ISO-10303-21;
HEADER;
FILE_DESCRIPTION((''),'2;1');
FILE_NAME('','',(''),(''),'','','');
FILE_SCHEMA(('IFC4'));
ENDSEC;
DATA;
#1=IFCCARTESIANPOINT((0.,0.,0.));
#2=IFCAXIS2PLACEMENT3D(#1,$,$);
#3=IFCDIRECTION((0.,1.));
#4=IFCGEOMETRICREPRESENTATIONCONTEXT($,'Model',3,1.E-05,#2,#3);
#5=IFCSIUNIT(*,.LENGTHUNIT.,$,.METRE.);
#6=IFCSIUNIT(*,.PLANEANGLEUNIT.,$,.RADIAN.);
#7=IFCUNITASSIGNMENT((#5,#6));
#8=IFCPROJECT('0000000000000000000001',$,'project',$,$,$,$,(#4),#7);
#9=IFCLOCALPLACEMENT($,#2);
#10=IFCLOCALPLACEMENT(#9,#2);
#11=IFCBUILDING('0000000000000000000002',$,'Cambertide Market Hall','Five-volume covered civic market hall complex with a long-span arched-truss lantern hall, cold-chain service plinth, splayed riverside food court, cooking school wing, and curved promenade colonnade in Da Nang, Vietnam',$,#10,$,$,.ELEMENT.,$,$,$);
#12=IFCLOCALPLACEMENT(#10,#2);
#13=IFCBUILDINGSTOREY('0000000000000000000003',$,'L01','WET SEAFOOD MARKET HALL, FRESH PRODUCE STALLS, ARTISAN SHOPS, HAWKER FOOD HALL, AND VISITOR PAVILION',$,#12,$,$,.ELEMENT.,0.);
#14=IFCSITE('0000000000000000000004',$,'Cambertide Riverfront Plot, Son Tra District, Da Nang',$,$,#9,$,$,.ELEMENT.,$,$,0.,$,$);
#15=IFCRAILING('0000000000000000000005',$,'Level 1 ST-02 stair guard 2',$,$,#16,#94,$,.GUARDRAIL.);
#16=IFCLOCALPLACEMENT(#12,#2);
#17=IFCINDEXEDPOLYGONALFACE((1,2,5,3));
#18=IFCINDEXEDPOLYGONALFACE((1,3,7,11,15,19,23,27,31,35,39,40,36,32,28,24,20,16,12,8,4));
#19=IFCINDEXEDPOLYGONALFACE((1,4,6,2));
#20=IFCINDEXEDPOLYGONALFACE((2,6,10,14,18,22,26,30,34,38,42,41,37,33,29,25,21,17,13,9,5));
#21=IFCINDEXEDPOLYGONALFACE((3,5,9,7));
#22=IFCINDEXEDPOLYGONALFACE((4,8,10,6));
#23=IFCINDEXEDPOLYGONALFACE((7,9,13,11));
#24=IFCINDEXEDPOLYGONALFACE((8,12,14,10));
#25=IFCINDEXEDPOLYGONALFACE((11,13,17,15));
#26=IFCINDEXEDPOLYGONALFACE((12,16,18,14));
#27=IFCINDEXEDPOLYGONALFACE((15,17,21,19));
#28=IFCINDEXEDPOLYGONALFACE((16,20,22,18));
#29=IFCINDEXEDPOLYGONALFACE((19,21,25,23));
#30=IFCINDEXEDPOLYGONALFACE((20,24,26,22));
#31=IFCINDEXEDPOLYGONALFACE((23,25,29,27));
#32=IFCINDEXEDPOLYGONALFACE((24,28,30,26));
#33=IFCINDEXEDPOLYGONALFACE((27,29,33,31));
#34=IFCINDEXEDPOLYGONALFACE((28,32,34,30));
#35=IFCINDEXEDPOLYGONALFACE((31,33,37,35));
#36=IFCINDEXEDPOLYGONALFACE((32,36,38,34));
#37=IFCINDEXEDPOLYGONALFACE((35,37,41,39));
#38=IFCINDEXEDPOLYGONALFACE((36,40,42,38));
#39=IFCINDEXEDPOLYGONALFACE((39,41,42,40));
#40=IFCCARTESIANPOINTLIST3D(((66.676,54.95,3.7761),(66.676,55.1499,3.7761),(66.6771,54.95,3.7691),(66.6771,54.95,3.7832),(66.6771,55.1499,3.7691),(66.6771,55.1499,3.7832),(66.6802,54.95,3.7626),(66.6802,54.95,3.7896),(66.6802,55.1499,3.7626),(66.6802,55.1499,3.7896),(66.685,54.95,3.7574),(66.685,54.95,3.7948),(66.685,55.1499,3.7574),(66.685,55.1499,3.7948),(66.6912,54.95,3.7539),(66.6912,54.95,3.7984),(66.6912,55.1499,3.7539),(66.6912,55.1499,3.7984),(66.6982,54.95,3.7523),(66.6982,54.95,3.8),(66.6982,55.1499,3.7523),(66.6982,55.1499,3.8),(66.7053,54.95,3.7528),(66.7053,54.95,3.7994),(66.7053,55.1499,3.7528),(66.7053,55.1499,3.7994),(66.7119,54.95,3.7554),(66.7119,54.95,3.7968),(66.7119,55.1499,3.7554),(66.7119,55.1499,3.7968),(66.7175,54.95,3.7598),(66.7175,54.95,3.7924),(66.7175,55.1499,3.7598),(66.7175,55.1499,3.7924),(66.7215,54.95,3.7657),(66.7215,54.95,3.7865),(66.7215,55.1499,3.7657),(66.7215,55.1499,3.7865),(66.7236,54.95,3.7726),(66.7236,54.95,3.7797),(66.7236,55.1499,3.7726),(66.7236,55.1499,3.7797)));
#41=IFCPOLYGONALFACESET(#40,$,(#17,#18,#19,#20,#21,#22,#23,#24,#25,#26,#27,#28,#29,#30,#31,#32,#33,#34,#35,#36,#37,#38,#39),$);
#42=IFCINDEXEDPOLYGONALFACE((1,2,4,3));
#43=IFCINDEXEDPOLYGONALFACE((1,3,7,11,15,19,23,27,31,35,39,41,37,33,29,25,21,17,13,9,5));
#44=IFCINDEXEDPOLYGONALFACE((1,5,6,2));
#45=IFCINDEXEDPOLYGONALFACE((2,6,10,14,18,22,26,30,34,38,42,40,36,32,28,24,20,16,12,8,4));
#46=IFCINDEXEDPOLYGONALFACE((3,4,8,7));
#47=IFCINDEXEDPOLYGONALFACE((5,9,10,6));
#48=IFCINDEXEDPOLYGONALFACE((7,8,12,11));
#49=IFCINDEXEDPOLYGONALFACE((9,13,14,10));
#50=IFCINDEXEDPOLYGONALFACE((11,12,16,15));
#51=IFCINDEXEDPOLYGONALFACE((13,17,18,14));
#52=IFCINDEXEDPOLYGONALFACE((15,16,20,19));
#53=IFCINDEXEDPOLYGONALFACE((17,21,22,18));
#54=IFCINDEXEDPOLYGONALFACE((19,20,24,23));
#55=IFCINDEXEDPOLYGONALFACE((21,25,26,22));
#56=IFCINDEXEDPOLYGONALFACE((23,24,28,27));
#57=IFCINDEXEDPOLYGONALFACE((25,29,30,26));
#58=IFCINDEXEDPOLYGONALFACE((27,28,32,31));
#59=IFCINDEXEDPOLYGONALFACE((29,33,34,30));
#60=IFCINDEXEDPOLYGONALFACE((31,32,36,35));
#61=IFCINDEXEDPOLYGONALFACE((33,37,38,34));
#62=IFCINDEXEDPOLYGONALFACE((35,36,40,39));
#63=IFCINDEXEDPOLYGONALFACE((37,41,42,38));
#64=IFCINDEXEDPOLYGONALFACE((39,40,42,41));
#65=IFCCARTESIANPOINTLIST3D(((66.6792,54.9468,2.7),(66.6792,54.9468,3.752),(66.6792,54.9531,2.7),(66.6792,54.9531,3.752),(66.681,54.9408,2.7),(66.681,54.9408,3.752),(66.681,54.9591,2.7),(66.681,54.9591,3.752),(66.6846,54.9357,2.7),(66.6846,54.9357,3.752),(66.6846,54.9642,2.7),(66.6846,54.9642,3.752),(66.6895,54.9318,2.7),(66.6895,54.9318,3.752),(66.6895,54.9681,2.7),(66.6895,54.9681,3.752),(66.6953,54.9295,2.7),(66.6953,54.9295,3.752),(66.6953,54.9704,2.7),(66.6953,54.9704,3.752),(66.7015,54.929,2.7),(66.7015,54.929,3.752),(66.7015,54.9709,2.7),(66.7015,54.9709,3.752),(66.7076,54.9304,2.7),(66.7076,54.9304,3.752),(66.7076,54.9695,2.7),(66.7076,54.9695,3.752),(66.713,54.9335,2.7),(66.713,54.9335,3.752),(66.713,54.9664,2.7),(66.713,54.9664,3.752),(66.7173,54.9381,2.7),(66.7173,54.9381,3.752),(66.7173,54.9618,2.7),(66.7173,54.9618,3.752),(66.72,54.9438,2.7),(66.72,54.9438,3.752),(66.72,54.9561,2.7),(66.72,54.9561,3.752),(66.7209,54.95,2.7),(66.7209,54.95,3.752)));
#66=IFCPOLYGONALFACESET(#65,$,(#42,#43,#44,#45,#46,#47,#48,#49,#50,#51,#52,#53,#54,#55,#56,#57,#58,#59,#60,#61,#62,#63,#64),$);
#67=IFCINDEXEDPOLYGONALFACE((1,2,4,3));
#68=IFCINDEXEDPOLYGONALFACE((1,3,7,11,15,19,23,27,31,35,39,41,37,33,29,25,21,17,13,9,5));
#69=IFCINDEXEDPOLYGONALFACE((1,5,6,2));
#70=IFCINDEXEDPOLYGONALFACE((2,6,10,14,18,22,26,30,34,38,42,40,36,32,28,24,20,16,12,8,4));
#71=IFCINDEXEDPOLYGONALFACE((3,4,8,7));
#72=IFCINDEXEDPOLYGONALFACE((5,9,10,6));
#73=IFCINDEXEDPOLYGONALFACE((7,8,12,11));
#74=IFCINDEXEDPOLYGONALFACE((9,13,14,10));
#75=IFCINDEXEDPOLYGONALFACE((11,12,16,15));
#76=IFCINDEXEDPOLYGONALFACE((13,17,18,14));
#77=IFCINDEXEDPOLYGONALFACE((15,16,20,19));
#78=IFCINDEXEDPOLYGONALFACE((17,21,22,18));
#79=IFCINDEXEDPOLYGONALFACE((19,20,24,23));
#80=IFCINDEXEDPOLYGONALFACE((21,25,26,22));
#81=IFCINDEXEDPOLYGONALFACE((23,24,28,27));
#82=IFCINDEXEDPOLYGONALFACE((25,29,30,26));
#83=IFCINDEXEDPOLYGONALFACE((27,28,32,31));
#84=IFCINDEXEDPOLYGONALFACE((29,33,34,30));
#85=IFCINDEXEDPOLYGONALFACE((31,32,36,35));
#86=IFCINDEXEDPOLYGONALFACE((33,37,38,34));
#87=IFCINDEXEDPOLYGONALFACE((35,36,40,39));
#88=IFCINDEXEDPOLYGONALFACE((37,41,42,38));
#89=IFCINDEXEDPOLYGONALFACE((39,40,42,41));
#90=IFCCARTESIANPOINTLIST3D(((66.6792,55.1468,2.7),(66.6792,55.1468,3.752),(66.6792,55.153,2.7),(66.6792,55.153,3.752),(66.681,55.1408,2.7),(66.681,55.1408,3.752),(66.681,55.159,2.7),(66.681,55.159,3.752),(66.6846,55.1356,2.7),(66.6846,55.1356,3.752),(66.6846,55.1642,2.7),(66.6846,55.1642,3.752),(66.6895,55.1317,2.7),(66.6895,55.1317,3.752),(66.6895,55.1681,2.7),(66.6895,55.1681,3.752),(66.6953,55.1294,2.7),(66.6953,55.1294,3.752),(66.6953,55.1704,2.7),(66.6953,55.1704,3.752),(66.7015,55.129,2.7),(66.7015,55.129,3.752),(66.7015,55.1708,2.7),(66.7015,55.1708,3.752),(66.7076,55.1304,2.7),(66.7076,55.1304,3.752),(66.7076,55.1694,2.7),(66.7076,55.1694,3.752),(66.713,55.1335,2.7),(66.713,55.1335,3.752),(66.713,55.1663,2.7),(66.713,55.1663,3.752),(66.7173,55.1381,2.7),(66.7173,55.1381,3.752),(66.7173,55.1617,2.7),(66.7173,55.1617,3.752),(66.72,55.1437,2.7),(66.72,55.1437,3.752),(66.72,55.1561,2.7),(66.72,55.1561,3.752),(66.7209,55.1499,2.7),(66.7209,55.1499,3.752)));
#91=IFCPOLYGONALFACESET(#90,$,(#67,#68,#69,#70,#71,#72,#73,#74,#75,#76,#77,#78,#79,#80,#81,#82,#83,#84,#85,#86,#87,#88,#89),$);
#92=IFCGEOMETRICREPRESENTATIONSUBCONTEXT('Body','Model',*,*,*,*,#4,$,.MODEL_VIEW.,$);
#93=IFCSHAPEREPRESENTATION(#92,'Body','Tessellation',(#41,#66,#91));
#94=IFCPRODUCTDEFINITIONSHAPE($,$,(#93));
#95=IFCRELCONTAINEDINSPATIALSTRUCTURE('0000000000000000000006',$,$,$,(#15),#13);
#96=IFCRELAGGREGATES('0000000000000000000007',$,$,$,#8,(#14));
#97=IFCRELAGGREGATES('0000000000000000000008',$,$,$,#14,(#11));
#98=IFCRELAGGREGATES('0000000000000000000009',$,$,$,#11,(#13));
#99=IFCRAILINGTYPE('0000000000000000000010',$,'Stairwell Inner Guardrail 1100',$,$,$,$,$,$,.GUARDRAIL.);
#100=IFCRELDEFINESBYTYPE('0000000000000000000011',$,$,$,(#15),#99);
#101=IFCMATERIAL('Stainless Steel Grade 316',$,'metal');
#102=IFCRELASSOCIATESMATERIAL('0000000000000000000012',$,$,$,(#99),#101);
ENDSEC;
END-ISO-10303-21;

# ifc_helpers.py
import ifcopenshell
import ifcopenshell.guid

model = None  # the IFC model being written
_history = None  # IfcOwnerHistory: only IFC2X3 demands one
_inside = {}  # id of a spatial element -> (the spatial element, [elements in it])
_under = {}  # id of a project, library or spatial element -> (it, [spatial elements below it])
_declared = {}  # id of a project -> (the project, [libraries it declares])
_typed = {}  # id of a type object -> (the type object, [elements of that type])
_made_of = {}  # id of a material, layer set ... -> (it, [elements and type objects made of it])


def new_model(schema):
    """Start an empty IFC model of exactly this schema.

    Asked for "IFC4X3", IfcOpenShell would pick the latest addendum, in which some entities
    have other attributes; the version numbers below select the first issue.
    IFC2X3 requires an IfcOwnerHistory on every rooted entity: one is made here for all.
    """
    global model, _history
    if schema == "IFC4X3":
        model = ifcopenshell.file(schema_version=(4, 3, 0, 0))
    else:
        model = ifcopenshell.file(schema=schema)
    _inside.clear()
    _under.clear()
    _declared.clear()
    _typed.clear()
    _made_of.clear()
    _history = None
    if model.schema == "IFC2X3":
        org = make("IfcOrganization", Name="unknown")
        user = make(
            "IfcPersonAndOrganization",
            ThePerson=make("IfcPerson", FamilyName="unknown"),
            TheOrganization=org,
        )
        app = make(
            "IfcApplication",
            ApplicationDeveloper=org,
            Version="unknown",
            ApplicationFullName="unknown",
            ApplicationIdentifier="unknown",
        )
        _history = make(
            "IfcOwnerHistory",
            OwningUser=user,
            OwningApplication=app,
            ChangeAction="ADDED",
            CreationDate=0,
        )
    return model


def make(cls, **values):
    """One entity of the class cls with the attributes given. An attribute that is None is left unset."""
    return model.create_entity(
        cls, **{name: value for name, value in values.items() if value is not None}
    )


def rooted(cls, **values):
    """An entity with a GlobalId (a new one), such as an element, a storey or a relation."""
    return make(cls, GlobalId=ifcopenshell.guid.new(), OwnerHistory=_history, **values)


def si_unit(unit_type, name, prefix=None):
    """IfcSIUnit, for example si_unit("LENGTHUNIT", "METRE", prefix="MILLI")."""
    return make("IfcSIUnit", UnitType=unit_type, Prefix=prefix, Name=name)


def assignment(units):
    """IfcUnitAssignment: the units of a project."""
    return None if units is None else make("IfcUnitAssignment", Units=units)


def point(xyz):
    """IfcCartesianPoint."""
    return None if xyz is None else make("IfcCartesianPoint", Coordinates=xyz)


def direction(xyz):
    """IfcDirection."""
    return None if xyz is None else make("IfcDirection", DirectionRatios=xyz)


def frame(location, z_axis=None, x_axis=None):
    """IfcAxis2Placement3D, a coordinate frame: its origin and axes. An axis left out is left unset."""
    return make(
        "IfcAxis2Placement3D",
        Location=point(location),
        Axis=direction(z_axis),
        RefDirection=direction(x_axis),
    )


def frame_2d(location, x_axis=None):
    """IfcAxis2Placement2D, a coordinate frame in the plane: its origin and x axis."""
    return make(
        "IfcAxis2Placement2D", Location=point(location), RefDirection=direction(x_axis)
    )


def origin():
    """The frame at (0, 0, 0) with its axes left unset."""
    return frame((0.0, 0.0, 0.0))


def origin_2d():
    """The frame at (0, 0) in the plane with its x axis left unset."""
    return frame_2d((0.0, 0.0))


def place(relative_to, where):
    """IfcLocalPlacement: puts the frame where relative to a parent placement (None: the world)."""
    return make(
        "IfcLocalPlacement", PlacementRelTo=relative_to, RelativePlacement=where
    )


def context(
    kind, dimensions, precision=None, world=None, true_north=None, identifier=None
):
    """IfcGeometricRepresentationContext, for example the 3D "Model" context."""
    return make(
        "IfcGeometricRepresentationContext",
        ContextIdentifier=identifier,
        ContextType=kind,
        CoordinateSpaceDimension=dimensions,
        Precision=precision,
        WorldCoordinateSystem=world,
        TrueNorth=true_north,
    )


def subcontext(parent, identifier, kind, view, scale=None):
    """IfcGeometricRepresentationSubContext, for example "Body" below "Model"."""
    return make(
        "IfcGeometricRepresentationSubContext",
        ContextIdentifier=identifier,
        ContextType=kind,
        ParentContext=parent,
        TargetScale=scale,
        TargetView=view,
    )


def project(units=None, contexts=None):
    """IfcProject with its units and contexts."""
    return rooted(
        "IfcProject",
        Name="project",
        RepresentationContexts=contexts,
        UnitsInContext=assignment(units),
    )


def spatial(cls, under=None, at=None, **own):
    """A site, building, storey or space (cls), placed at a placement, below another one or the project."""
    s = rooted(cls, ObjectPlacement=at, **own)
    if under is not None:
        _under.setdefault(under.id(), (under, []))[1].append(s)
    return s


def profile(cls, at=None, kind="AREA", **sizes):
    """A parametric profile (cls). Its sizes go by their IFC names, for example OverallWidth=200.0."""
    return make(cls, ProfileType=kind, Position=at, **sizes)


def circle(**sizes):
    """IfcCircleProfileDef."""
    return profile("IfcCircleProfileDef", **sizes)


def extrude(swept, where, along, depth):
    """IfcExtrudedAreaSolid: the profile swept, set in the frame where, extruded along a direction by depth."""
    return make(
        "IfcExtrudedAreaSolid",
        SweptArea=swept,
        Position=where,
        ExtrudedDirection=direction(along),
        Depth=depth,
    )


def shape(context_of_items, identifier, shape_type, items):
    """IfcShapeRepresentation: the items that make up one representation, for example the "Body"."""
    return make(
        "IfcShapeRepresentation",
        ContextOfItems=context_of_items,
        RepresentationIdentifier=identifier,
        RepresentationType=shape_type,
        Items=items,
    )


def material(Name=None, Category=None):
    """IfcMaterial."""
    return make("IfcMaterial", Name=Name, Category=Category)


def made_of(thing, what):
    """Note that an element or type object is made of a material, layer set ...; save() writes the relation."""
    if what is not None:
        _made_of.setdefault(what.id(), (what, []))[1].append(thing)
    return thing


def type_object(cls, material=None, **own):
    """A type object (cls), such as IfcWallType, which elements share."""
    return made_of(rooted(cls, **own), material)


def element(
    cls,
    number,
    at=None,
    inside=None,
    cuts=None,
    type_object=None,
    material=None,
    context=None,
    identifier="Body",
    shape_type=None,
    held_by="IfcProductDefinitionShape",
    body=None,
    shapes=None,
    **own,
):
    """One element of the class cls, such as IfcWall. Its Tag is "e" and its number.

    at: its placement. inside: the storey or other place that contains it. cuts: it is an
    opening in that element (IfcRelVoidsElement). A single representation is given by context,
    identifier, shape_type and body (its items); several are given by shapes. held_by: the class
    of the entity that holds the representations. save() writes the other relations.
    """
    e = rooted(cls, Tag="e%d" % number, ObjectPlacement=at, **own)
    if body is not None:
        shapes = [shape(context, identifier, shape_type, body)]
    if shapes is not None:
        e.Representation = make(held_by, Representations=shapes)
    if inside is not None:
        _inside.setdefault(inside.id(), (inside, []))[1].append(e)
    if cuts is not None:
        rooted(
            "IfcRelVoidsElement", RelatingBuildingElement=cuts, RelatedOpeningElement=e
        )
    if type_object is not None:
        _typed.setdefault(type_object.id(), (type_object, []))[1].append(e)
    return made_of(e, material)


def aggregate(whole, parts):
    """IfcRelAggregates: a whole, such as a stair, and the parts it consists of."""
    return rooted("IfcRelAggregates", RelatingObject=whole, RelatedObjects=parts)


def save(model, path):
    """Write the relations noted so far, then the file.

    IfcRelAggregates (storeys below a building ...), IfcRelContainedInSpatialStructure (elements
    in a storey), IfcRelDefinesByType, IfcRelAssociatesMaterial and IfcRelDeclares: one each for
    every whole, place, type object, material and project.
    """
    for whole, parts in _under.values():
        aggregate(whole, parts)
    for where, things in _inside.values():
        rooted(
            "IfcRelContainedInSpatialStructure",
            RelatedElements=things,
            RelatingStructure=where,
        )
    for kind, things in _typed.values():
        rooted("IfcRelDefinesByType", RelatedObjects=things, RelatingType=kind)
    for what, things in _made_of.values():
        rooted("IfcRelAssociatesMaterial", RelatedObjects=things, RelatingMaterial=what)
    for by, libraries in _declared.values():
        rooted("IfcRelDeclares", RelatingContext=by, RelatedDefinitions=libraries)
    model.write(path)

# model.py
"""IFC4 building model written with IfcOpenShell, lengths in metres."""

from ifc_helpers import new_model, si_unit, direction, frame, origin, origin_2d, place, context, subcontext, project, spatial, circle, extrude, material, type_object, element, save


model = new_model("IFC4")

# Units and contexts
model_context = context("Model", 3, precision=1e-05, world=origin(), true_north=direction((0.0, 1.0)))
body_context = subcontext(model_context, "Body", "Model", "MODEL_VIEW")
ifc_project = project(units=[si_unit("LENGTHUNIT", "METRE"), si_unit("PLANEANGLEUNIT", "RADIAN")], contexts=[model_context])

# Site, building, storey
site_placement = place(None, origin())
site = spatial("IfcSite", under=ifc_project, at=site_placement, Name="Cambertide Riverfront Plot, Son Tra District, Da Nang", CompositionType="ELEMENT", RefElevation=0.0)
building_placement = place(site_placement, origin())
building = spatial("IfcBuilding", under=site, at=building_placement, Name="Cambertide Market Hall", Description="Five-volume covered civic market hall complex with a long-span arched-truss lantern hall, cold-chain service plinth, splayed riverside food court, cooking school wing, and curved promenade colonnade in Da Nang, Vietnam", CompositionType="ELEMENT")
storey_placement = place(building_placement, origin())
storey = spatial("IfcBuildingStorey", under=building, at=storey_placement, Name="L01", Description="WET SEAFOOD MARKET HALL, FRESH PRODUCE STALLS, ARTISAN SHOPS, HAWKER FOOD HALL, AND VISITOR PAVILION", CompositionType="ELEMENT", Elevation=0.0)

# Railing
ifc_material_1 = material(Name="Stainless Steel Grade 316", Category="metal")
railing_type_1 = type_object("IfcRailingType", Name="Stairwell Inner Guardrail 1100", PredefinedType="GUARDRAIL", material=ifc_material_1)
railing_1_placement = place(storey_placement, frame((66.7, 54.95, 2.7)))
element("IfcRailing", 1, at=railing_1_placement, inside=storey, type_object=railing_type_1, Name="Level 1 ST-02 stair guard 2", PredefinedType="GUARDRAIL", context=body_context, shape_type="SweptSolid", body=[
    extrude(circle(Radius=0.0239, at=origin_2d()), frame((0.0, 0.0, 1.0762), z_axis=(0.0, 1.0, 0.0), x_axis=(-1.0, 0.0, 0.0)), (0.0, 0.0, 1.0), 0.2),
    extrude(circle(Radius=0.021, at=origin_2d()), origin(), (0.0, 0.0, 1.0), 1.052),
    extrude(circle(Radius=0.021, at=origin_2d()), frame((0.0, 0.2, 0.0)), (0.0, 0.0, 1.0), 1.052),
])

save(model, "model.ifc")
